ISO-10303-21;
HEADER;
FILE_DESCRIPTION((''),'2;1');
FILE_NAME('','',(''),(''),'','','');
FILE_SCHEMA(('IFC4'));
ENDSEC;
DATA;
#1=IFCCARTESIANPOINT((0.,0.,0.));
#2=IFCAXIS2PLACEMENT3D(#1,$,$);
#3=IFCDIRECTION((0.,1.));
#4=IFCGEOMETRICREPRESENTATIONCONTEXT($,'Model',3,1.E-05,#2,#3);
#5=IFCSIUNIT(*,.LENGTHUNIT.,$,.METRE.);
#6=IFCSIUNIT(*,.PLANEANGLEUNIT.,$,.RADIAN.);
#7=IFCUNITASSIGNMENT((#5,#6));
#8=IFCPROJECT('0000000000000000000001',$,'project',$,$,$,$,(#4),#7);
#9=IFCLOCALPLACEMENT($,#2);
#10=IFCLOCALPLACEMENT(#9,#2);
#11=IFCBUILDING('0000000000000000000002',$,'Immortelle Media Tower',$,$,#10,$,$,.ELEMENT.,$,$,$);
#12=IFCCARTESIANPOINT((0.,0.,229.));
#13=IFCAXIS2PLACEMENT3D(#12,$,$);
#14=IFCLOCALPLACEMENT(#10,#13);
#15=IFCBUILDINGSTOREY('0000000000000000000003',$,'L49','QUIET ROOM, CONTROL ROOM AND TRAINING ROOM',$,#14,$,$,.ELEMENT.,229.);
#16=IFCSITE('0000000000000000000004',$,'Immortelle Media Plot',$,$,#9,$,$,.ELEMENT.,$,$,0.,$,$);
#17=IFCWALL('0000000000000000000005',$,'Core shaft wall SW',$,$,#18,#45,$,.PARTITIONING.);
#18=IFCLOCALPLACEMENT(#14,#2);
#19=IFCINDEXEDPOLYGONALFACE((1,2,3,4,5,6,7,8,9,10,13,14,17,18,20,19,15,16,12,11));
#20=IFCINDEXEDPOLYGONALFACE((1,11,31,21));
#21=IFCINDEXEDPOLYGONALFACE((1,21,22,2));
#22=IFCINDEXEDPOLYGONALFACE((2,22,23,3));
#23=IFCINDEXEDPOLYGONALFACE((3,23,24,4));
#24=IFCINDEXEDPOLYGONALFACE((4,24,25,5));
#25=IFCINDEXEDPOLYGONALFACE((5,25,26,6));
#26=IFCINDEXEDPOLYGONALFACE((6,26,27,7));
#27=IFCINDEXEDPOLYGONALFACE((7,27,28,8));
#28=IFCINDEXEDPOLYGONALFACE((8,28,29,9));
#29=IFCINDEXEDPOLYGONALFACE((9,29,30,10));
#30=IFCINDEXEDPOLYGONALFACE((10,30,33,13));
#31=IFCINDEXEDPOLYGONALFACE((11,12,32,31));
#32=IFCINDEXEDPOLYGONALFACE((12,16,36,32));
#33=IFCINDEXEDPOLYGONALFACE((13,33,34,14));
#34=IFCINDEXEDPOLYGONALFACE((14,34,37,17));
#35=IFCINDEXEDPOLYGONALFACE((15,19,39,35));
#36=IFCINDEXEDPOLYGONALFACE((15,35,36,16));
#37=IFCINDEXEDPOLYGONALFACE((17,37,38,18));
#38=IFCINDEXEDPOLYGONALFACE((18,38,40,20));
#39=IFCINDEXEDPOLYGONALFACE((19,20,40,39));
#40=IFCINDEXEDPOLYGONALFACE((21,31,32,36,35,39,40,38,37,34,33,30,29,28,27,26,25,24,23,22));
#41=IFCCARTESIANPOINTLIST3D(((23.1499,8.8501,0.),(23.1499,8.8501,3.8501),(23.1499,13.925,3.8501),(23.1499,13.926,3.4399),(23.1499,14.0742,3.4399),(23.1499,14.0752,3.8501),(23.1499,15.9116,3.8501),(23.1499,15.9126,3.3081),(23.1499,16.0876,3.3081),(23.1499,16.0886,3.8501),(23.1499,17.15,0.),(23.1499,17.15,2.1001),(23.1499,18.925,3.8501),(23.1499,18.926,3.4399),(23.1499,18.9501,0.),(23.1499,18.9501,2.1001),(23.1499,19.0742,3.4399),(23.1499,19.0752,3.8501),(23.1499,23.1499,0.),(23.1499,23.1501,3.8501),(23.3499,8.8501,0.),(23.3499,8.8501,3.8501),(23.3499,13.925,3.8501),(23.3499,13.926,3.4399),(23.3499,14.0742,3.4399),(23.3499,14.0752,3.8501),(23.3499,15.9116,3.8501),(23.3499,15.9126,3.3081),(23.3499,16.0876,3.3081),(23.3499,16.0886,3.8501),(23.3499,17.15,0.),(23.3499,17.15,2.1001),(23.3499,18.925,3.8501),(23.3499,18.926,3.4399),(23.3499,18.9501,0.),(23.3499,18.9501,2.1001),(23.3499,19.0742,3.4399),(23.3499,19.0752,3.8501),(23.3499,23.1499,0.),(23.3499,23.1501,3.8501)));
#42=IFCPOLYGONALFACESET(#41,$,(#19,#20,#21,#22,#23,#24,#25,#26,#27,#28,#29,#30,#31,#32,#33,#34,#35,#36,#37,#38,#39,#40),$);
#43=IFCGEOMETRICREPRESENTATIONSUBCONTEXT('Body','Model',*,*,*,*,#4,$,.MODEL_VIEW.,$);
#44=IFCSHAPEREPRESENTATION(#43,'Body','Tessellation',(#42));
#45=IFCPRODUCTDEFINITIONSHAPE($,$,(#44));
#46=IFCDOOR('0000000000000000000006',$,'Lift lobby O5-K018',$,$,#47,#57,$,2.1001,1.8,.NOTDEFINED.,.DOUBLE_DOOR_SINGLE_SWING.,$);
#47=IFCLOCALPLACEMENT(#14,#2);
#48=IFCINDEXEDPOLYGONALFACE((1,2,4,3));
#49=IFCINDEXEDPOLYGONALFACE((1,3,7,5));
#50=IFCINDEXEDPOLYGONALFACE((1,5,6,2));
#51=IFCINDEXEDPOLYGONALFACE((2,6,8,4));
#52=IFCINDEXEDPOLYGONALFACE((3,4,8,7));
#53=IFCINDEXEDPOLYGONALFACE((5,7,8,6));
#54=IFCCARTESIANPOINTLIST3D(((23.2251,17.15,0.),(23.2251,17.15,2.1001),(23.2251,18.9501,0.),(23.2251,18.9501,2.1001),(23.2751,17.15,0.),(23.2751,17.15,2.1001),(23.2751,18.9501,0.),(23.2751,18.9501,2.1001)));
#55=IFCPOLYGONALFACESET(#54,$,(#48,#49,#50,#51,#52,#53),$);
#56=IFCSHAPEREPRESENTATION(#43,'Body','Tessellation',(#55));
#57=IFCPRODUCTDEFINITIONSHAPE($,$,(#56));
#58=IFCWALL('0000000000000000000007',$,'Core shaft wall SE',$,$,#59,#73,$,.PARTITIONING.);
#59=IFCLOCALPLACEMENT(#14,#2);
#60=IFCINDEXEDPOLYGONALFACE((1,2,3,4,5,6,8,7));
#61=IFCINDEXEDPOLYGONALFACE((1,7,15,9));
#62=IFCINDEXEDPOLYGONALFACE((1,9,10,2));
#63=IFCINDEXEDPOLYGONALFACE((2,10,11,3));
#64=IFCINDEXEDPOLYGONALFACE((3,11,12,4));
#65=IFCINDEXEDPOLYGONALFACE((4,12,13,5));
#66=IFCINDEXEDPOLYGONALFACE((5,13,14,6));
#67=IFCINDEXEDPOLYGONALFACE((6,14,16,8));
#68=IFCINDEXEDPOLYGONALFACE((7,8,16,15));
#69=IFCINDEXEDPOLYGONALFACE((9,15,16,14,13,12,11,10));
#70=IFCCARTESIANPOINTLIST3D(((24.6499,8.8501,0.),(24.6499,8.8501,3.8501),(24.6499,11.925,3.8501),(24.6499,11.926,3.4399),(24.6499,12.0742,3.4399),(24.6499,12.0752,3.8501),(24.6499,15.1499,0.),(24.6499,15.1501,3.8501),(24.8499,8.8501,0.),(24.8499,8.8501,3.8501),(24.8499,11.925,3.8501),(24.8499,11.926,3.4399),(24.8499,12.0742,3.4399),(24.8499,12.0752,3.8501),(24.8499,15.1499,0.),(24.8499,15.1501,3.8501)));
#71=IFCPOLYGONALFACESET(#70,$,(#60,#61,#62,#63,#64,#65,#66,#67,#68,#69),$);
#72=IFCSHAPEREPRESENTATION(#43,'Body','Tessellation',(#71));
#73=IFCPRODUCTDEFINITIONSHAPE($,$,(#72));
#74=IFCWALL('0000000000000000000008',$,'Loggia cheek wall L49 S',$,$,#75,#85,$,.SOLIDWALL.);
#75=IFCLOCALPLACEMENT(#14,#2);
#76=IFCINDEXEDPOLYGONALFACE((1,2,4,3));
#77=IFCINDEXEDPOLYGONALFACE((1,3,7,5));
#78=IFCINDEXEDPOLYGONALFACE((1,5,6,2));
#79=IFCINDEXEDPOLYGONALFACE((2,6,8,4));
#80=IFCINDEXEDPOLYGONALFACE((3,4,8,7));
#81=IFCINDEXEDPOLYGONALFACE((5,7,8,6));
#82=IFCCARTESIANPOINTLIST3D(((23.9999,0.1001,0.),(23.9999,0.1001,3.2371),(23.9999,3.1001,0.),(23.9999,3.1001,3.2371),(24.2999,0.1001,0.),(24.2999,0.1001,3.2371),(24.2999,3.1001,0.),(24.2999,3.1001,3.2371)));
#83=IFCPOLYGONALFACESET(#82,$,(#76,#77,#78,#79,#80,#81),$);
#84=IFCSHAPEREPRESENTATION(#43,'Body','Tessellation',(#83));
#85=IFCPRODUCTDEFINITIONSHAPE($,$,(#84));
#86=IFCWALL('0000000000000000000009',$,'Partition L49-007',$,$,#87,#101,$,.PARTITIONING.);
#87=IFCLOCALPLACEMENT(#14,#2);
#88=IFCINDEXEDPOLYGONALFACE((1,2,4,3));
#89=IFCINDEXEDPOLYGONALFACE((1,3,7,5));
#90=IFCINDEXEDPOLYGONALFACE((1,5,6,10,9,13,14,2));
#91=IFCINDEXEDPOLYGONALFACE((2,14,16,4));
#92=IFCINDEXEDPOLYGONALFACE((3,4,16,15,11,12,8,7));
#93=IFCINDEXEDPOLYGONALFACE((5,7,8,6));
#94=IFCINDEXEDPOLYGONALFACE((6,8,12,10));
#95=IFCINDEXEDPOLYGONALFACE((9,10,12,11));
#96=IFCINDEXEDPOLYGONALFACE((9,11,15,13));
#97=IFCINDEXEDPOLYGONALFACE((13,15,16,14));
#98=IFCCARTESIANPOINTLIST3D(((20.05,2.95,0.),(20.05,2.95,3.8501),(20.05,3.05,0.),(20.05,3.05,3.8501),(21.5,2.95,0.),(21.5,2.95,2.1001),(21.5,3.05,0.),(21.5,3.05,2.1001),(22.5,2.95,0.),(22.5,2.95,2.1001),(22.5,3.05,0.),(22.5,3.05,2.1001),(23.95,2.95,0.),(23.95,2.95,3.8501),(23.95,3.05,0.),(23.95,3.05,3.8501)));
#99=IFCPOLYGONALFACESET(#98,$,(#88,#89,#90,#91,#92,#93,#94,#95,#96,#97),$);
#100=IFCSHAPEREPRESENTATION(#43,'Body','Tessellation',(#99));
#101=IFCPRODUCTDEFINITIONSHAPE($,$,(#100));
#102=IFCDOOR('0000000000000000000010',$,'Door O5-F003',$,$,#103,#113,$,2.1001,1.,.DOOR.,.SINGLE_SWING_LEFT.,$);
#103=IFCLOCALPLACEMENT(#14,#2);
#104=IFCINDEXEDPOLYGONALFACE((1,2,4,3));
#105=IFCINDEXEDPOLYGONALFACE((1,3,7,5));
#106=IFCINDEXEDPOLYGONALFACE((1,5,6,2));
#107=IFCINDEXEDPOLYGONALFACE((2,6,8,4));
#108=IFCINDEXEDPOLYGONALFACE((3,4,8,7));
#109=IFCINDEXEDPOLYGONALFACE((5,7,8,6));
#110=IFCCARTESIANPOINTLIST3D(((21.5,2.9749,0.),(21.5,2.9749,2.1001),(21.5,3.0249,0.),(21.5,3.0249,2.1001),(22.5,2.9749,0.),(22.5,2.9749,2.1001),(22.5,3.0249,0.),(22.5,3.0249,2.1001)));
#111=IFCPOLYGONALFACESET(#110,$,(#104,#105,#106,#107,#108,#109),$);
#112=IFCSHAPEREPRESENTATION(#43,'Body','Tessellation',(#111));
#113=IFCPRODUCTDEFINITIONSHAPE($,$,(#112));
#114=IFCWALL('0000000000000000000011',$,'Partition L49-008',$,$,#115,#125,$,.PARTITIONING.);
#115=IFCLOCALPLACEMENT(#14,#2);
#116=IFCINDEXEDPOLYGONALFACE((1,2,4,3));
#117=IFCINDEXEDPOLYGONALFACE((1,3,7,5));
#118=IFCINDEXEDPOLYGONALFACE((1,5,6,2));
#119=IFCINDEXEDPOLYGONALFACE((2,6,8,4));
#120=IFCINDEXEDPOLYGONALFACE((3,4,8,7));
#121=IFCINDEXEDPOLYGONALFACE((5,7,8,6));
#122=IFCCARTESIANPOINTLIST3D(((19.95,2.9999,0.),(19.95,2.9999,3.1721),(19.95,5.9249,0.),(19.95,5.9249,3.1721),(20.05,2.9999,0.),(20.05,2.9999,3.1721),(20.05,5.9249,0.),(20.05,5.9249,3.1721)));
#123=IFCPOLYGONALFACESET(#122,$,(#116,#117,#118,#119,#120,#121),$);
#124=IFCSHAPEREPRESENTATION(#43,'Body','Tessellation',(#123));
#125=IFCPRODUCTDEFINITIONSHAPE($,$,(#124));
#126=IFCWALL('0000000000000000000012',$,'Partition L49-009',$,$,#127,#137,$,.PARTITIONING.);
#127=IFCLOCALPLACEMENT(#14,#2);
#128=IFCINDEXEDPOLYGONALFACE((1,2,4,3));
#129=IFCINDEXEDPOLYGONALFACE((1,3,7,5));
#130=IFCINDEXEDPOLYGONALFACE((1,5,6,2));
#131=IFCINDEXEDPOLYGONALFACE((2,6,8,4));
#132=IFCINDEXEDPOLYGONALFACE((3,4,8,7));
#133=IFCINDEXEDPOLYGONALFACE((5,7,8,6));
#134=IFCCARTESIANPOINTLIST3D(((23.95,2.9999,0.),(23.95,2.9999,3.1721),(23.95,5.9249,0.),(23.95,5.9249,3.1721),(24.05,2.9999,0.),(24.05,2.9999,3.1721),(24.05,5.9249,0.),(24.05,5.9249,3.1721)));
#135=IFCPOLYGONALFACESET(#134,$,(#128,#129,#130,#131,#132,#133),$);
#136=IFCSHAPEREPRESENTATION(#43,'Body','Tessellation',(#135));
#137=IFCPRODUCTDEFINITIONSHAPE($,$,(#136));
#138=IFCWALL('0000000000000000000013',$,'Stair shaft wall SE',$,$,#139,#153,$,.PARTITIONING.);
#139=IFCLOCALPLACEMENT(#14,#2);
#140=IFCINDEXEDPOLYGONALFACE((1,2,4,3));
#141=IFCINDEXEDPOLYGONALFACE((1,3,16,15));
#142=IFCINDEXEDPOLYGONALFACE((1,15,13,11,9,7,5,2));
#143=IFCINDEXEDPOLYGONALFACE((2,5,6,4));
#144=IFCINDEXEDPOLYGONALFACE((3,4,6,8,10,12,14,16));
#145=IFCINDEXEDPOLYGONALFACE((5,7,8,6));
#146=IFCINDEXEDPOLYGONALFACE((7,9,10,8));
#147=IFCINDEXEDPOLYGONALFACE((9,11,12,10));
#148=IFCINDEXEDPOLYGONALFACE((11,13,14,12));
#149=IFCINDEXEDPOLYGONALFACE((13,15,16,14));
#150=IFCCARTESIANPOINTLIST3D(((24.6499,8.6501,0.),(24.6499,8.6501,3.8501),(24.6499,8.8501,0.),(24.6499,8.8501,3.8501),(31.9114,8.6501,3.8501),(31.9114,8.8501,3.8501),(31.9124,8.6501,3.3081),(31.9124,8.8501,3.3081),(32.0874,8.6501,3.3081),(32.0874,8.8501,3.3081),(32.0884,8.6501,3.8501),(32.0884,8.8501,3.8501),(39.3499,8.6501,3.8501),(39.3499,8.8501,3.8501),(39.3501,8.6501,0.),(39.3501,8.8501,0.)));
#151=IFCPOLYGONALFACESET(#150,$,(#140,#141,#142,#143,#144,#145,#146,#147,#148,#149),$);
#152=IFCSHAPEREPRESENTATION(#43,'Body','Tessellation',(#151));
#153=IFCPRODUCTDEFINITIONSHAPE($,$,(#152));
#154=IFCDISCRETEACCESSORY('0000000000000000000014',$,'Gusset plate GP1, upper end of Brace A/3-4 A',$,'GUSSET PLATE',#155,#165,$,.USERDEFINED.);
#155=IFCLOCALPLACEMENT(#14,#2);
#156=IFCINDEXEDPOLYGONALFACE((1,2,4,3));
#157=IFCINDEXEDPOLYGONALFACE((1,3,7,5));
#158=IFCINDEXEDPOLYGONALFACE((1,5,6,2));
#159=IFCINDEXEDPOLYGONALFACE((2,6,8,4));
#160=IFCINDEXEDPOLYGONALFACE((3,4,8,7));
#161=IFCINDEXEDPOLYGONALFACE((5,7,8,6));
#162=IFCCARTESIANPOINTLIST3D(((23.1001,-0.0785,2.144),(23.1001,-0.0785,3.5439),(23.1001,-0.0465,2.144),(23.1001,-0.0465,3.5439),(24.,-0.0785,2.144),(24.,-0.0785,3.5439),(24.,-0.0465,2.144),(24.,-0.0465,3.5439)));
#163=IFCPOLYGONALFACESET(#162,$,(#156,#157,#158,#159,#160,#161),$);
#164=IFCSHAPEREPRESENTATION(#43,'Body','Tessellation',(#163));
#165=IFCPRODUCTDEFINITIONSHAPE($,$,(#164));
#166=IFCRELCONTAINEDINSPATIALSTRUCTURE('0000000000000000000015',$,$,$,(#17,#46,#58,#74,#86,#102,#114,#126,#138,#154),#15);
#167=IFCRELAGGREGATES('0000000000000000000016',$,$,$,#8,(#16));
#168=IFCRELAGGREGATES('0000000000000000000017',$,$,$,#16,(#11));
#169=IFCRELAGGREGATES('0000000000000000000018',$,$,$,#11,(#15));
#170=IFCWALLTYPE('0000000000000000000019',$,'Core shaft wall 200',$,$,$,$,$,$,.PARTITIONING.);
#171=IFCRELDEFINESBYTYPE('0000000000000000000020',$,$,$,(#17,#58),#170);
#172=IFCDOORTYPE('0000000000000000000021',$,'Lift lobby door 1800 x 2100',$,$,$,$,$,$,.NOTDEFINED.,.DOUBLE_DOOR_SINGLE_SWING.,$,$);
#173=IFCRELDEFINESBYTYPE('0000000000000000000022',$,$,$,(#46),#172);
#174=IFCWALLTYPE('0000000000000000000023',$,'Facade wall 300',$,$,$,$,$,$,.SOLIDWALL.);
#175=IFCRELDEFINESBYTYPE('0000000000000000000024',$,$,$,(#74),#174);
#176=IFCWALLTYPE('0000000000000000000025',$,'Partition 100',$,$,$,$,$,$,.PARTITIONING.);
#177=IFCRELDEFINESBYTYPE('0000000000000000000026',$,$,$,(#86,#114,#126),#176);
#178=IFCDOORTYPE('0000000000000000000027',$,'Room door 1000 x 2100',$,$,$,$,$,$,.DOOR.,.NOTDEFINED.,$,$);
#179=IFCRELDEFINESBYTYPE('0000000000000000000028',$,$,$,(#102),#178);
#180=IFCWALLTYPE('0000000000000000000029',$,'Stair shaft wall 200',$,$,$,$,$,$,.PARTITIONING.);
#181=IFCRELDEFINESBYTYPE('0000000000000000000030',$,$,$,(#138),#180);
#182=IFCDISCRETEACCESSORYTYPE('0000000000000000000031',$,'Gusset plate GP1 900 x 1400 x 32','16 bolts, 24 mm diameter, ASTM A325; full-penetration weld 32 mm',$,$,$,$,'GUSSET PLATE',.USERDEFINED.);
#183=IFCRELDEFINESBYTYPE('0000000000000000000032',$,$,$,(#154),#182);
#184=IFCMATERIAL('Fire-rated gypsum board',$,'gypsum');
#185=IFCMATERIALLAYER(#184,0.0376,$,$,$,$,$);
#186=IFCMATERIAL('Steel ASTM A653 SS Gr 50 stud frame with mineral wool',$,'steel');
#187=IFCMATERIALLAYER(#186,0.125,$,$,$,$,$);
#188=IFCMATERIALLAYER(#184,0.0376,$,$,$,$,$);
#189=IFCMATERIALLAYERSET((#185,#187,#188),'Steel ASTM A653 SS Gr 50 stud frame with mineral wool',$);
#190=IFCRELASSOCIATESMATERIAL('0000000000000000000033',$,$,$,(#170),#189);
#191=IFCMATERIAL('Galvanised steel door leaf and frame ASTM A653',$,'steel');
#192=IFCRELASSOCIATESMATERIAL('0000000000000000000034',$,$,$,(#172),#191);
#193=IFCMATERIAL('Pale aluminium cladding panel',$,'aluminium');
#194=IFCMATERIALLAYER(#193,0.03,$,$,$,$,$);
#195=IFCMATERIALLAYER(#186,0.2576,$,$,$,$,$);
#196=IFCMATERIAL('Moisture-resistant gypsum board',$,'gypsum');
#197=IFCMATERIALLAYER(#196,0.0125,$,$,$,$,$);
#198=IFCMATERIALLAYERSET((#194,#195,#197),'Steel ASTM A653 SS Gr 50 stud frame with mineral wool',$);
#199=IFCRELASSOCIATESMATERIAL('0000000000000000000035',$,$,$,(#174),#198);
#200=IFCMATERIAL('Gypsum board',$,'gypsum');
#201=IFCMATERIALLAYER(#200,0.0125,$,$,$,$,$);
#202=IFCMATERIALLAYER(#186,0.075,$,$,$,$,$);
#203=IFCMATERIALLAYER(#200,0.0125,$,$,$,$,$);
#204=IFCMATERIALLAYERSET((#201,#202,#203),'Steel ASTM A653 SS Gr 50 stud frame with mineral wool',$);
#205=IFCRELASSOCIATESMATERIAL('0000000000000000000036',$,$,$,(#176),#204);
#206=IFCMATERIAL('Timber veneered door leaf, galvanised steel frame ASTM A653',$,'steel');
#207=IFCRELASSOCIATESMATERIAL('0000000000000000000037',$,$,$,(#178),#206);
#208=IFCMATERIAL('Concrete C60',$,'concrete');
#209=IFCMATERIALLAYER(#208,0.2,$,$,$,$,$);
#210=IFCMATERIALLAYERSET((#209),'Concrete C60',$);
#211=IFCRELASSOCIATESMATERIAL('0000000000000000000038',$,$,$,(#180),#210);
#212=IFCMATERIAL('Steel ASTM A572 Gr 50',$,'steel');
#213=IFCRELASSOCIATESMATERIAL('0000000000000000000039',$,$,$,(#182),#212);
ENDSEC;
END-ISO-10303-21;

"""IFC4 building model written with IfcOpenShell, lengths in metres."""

from ifc_helpers import new_model, si_unit, direction, frame, frame_2d, origin, origin_2d, place, context, subcontext, project, spatial, polyline, rectangle, outline, extrude, material, layer, layer_set, material_profile, profile_set, type_object, element, fill, save


model = new_model("IFC4")

# Units and contexts
model_context = context("Model", 3, precision=1e-05, world=origin(), true_north=direction((0.0, 1.0)))
body_context = subcontext(model_context, "Body", "Model", "MODEL_VIEW")
ifc_project = project(units=[si_unit("LENGTHUNIT", "METRE"), si_unit("PLANEANGLEUNIT", "RADIAN")], contexts=[model_context])

# Site, building, storey
site_placement = place(None, origin())
site = spatial("IfcSite", under=ifc_project, at=site_placement, Name="Immortelle Media Plot", CompositionType="ELEMENT", RefElevation=0.0)
building_placement = place(site_placement, origin())
building = spatial("IfcBuilding", under=site, at=building_placement, Name="Immortelle Media Tower", CompositionType="ELEMENT")
storey_placement = place(building_placement, frame((0.0, 0.0, 229.0)))
storey = spatial("IfcBuildingStorey", under=building, at=storey_placement, Name="L49", Description="QUIET ROOM, CONTROL ROOM AND TRAINING ROOM", CompositionType="ELEMENT", Elevation=229.0)

# Shared definitions
ifc_material_1 = material(Name="Fire-rated gypsum board", Category="gypsum")
ifc_layer_1 = layer(ifc_material_1, 0.0376)
ifc_material_2 = material(Name="Steel ASTM A653 SS Gr 50 stud frame with mineral wool", Category="steel")
ifc_layer_2 = layer(ifc_material_2, 0.125)
ifc_layer_3 = layer(ifc_material_1, 0.0376)
ifc_layer_set_1 = layer_set([ifc_layer_1, ifc_layer_2, ifc_layer_3], Name="Steel ASTM A653 SS Gr 50 stud frame with mineral wool")
wall_type_1 = type_object("IfcWallType", Name="Core shaft wall 200", PredefinedType="PARTITIONING", material=ifc_layer_set_1)

# Wall, opening, door
wall_1_placement = place(storey_placement, frame((23.25, 8.8501, 0.0), z_axis=(0.0, 0.0, 1.0), x_axis=(0.0, 1.0, 0.0)))
wall_1 = element("IfcWall", 1, at=wall_1_placement, inside=storey, type_object=wall_type_1, Name="Core shaft wall SW", PredefinedType="PARTITIONING", context=body_context, shape_type="SweptSolid", body=[
    extrude(outline(polyline([(0.0, 0.0), (14.2998, 0.0), (14.3, 3.8501), (10.2251, 3.8501), (10.2241, 3.4399), (10.0759, 3.4399), (10.075, 3.8501), (7.2385, 3.8501), (7.2375, 3.3081), (7.0625, 3.3081), (7.0615, 3.8501), (5.2251, 3.8501), (5.2241, 3.4399), (5.0759, 3.4399), (5.075, 3.8501), (0.0, 3.8501), (0.0, 0.0)])), frame((0.0, 0.1001, 0.0), z_axis=(0.0, -1.0, 0.0), x_axis=(1.0, 0.0, 0.0)), (0.0, 0.0, 1.0), 0.2),
])
opening_1_placement = place(wall_1_placement, frame((8.3, 0.0, 0.0)))
opening_1 = element("IfcOpeningElement", 2, at=opening_1_placement, cuts=wall_1, PredefinedType="OPENING", context=body_context, shape_type="SweptSolid", body=[
    extrude(rectangle(XDim=1.8, YDim=2.1001, at=frame_2d((0.8999, 1.05))), frame((0.0, 0.1099, 0.0), z_axis=(0.0, -1.0, 0.0), x_axis=(1.0, 0.0, 0.0)), (0.0, 0.0, 1.0), 0.22),
])
ifc_material_3 = material(Name="Galvanised steel door leaf and frame ASTM A653", Category="steel")
door_type_1 = type_object("IfcDoorType", Name="Lift lobby door 1800 x 2100", OperationType="DOUBLE_DOOR_SINGLE_SWING", PredefinedType="NOTDEFINED", material=ifc_material_3)
door_1_placement = place(opening_1_placement, origin())
door_1 = element("IfcDoor", 3, at=door_1_placement, inside=storey, type_object=door_type_1, Name="Lift lobby O5-K018", OperationType="DOUBLE_DOOR_SINGLE_SWING", OverallHeight=2.1001, OverallWidth=1.8, PredefinedType="NOTDEFINED", context=body_context, shape_type="SweptSolid", body=[
    extrude(rectangle(XDim=1.8, YDim=2.1001, at=frame_2d((0.8999, 1.05))), frame((0.0, 0.0249, 0.0), z_axis=(0.0, -1.0, 0.0), x_axis=(1.0, 0.0, 0.0)), (0.0, 0.0, 1.0), 0.05),
])
fill(opening_1, door_1)

# Wall
wall_2_placement = place(storey_placement, frame((24.75, 8.8501, 0.0), z_axis=(0.0, 0.0, 1.0), x_axis=(0.0, 1.0, 0.0)))
element("IfcWall", 4, at=wall_2_placement, inside=storey, type_object=wall_type_1, Name="Core shaft wall SE", PredefinedType="PARTITIONING", context=body_context, shape_type="SweptSolid", body=[
    extrude(outline(polyline([(0.0, 0.0), (6.2998, 0.0), (6.3, 3.8501), (3.2251, 3.8501), (3.2241, 3.4399), (3.0759, 3.4399), (3.075, 3.8501), (0.0, 3.8501), (0.0, 0.0)])), frame((0.0, 0.1001, 0.0), z_axis=(0.0, -1.0, 0.0), x_axis=(1.0, 0.0, 0.0)), (0.0, 0.0, 1.0), 0.2),
])

# Shared definitions
ifc_material_4 = material(Name="Pale aluminium cladding panel", Category="aluminium")
ifc_layer_4 = layer(ifc_material_4, 0.03)
ifc_layer_5 = layer(ifc_material_2, 0.2576)
ifc_material_5 = material(Name="Moisture-resistant gypsum board", Category="gypsum")
ifc_layer_6 = layer(ifc_material_5, 0.0125)
ifc_layer_set_2 = layer_set([ifc_layer_4, ifc_layer_5, ifc_layer_6], Name="Steel ASTM A653 SS Gr 50 stud frame with mineral wool")
wall_type_2 = type_object("IfcWallType", Name="Facade wall 300", PredefinedType="SOLIDWALL", material=ifc_layer_set_2)

# Wall
wall_3_placement = place(storey_placement, frame((24.1499, 0.1001, 0.0), z_axis=(0.0, 0.0, 1.0), x_axis=(0.0, 1.0, 0.0)))
element("IfcWall", 5, at=wall_3_placement, inside=storey, type_object=wall_type_2, Name="Loggia cheek wall L49 S", PredefinedType="SOLIDWALL", context=body_context, shape_type="SweptSolid", body=[
    extrude(rectangle(XDim=3.0, YDim=0.3, at=frame_2d((1.5, 0.0))), origin(), (0.0, 0.0, 1.0), 3.2371),
])

# Wall, opening, door
ifc_material_6 = material(Name="Gypsum board", Category="gypsum")
ifc_layer_7 = layer(ifc_material_6, 0.0125)
ifc_layer_8 = layer(ifc_material_2, 0.075)
ifc_layer_9 = layer(ifc_material_6, 0.0125)
ifc_layer_set_3 = layer_set([ifc_layer_7, ifc_layer_8, ifc_layer_9], Name="Steel ASTM A653 SS Gr 50 stud frame with mineral wool")
wall_type_3 = type_object("IfcWallType", Name="Partition 100", PredefinedType="PARTITIONING", material=ifc_layer_set_3)
wall_4_placement = place(storey_placement, frame((20.05, 3.0, 0.0), z_axis=(0.0, 0.0, 1.0), x_axis=(1.0, 0.0, 0.0)))
wall_4 = element("IfcWall", 6, at=wall_4_placement, inside=storey, type_object=wall_type_3, Name="Partition L49-007", PredefinedType="PARTITIONING", context=body_context, shape_type="SweptSolid", body=[
    extrude(rectangle(XDim=3.8999, YDim=0.1001, at=frame_2d((1.95, 0.0))), origin(), (0.0, 0.0, 1.0), 3.8501),
])
opening_2_placement = place(wall_4_placement, frame((1.45, 0.0, 0.0)))
opening_2 = element("IfcOpeningElement", 7, at=opening_2_placement, cuts=wall_4, PredefinedType="OPENING", context=body_context, shape_type="SweptSolid", body=[
    extrude(rectangle(XDim=1.0, YDim=2.1001, at=frame_2d((0.5, 1.05))), frame((0.0, 0.0601, 0.0), z_axis=(0.0, -1.0, 0.0), x_axis=(1.0, 0.0, 0.0)), (0.0, 0.0, 1.0), 0.1201),
])
ifc_material_7 = material(Name="Timber veneered door leaf, galvanised steel frame ASTM A653", Category="steel")
door_type_2 = type_object("IfcDoorType", Name="Room door 1000 x 2100", OperationType="NOTDEFINED", PredefinedType="DOOR", material=ifc_material_7)
door_2_placement = place(opening_2_placement, origin())
door_2 = element("IfcDoor", 8, at=door_2_placement, inside=storey, type_object=door_type_2, Name="Door O5-F003", OperationType="SINGLE_SWING_LEFT", OverallHeight=2.1001, OverallWidth=1.0, PredefinedType="DOOR", context=body_context, shape_type="SweptSolid", body=[
    extrude(rectangle(XDim=1.0, YDim=2.1001, at=frame_2d((0.5, 1.05))), frame((0.0, 0.0249, 0.0), z_axis=(0.0, -1.0, 0.0), x_axis=(1.0, 0.0, 0.0)), (0.0, 0.0, 1.0), 0.05),
])
fill(opening_2, door_2)

# Walls
for number, where, z_axis, x_axis, name in (
    (9, (20.0, 3.0, 0.0), (0.0, 0.0, 1.0), (0.0, 1.0, 0.0), "Partition L49-008"),
    (10, (24.0, 3.0, 0.0), (0.0, 0.0, 1.0), (0.0, 1.0, 0.0), "Partition L49-009"),
):
    element("IfcWall", number, at=place(storey_placement, frame(where, z_axis=z_axis, x_axis=x_axis)), inside=storey, type_object=wall_type_3, Name=name, PredefinedType="PARTITIONING", context=body_context, shape_type="SweptSolid", body=[
        extrude(rectangle(XDim=2.925, YDim=0.1001, at=frame_2d((1.4624, 0.0))), origin(), (0.0, 0.0, 1.0), 3.1721),
    ])
ifc_material_8 = material(Name="Concrete C60", Category="concrete")
ifc_layer_10 = layer(ifc_material_8, 0.2)
ifc_layer_set_4 = layer_set([ifc_layer_10], Name="Concrete C60")
wall_type_4 = type_object("IfcWallType", Name="Stair shaft wall 200", PredefinedType="PARTITIONING", material=ifc_layer_set_4)
wall_5_placement = place(storey_placement, frame((24.6499, 8.75, 0.0), z_axis=(0.0, 0.0, 1.0), x_axis=(1.0, 0.0, 0.0)))
element("IfcWall", 11, at=wall_5_placement, inside=storey, type_object=wall_type_4, Name="Stair shaft wall SE", PredefinedType="PARTITIONING", context=body_context, shape_type="SweptSolid", body=[
    extrude(outline(polyline([(0.0, 0.0), (14.7002, 0.0), (14.7, 3.8501), (7.4385, 3.8501), (7.4375, 3.3081), (7.2625, 3.3081), (7.2615, 3.8501), (0.0, 3.8501), (0.0, 0.0)])), frame((0.0, 0.1001, 0.0), z_axis=(0.0, -1.0, 0.0), x_axis=(1.0, 0.0, 0.0)), (0.0, 0.0, 1.0), 0.2),
])

# Discrete accessory
ifc_material_9 = material(Name="Steel ASTM A572 Gr 50", Category="steel")
ifc_material_profile_1 = material_profile(ifc_material_9, rectangle(XDim=0.032, YDim=1.3999, at=origin_2d()), Name="PL 32 x 1400")
ifc_profile_set_1 = profile_set([ifc_material_profile_1], Name="Steel ASTM A572 Gr 50")
discrete_accessory_type = type_object("IfcDiscreteAccessoryType", Name="Gusset plate GP1 900 x 1400 x 32", Description="16 bolts, 24 mm diameter, ASTM A325; full-penetration weld 32 mm", ElementType="GUSSET PLATE", PredefinedType="USERDEFINED", material=ifc_profile_set_1)
for number, where, z_axis, x_axis, name in (
    (12, (24.0, -0.0625, 2.844), (-1.0, 0.0, 0.0), (0.0, -1.0, 0.0), "Gusset plate GP1, upper end of Brace A/3-4 A"),
):
    element("IfcDiscreteAccessory", number, at=place(storey_placement, frame(where, z_axis=z_axis, x_axis=x_axis)), inside=storey, type_object=discrete_accessory_type, Name=name, ObjectType="GUSSET PLATE", PredefinedType="USERDEFINED", context=body_context, shape_type="SweptSolid", body=[
        extrude(rectangle(XDim=0.032, YDim=1.3999, at=origin_2d()), origin(), (0.0, 0.0, 1.0), 0.8999),
    ])

save(model, "model.ifc")
